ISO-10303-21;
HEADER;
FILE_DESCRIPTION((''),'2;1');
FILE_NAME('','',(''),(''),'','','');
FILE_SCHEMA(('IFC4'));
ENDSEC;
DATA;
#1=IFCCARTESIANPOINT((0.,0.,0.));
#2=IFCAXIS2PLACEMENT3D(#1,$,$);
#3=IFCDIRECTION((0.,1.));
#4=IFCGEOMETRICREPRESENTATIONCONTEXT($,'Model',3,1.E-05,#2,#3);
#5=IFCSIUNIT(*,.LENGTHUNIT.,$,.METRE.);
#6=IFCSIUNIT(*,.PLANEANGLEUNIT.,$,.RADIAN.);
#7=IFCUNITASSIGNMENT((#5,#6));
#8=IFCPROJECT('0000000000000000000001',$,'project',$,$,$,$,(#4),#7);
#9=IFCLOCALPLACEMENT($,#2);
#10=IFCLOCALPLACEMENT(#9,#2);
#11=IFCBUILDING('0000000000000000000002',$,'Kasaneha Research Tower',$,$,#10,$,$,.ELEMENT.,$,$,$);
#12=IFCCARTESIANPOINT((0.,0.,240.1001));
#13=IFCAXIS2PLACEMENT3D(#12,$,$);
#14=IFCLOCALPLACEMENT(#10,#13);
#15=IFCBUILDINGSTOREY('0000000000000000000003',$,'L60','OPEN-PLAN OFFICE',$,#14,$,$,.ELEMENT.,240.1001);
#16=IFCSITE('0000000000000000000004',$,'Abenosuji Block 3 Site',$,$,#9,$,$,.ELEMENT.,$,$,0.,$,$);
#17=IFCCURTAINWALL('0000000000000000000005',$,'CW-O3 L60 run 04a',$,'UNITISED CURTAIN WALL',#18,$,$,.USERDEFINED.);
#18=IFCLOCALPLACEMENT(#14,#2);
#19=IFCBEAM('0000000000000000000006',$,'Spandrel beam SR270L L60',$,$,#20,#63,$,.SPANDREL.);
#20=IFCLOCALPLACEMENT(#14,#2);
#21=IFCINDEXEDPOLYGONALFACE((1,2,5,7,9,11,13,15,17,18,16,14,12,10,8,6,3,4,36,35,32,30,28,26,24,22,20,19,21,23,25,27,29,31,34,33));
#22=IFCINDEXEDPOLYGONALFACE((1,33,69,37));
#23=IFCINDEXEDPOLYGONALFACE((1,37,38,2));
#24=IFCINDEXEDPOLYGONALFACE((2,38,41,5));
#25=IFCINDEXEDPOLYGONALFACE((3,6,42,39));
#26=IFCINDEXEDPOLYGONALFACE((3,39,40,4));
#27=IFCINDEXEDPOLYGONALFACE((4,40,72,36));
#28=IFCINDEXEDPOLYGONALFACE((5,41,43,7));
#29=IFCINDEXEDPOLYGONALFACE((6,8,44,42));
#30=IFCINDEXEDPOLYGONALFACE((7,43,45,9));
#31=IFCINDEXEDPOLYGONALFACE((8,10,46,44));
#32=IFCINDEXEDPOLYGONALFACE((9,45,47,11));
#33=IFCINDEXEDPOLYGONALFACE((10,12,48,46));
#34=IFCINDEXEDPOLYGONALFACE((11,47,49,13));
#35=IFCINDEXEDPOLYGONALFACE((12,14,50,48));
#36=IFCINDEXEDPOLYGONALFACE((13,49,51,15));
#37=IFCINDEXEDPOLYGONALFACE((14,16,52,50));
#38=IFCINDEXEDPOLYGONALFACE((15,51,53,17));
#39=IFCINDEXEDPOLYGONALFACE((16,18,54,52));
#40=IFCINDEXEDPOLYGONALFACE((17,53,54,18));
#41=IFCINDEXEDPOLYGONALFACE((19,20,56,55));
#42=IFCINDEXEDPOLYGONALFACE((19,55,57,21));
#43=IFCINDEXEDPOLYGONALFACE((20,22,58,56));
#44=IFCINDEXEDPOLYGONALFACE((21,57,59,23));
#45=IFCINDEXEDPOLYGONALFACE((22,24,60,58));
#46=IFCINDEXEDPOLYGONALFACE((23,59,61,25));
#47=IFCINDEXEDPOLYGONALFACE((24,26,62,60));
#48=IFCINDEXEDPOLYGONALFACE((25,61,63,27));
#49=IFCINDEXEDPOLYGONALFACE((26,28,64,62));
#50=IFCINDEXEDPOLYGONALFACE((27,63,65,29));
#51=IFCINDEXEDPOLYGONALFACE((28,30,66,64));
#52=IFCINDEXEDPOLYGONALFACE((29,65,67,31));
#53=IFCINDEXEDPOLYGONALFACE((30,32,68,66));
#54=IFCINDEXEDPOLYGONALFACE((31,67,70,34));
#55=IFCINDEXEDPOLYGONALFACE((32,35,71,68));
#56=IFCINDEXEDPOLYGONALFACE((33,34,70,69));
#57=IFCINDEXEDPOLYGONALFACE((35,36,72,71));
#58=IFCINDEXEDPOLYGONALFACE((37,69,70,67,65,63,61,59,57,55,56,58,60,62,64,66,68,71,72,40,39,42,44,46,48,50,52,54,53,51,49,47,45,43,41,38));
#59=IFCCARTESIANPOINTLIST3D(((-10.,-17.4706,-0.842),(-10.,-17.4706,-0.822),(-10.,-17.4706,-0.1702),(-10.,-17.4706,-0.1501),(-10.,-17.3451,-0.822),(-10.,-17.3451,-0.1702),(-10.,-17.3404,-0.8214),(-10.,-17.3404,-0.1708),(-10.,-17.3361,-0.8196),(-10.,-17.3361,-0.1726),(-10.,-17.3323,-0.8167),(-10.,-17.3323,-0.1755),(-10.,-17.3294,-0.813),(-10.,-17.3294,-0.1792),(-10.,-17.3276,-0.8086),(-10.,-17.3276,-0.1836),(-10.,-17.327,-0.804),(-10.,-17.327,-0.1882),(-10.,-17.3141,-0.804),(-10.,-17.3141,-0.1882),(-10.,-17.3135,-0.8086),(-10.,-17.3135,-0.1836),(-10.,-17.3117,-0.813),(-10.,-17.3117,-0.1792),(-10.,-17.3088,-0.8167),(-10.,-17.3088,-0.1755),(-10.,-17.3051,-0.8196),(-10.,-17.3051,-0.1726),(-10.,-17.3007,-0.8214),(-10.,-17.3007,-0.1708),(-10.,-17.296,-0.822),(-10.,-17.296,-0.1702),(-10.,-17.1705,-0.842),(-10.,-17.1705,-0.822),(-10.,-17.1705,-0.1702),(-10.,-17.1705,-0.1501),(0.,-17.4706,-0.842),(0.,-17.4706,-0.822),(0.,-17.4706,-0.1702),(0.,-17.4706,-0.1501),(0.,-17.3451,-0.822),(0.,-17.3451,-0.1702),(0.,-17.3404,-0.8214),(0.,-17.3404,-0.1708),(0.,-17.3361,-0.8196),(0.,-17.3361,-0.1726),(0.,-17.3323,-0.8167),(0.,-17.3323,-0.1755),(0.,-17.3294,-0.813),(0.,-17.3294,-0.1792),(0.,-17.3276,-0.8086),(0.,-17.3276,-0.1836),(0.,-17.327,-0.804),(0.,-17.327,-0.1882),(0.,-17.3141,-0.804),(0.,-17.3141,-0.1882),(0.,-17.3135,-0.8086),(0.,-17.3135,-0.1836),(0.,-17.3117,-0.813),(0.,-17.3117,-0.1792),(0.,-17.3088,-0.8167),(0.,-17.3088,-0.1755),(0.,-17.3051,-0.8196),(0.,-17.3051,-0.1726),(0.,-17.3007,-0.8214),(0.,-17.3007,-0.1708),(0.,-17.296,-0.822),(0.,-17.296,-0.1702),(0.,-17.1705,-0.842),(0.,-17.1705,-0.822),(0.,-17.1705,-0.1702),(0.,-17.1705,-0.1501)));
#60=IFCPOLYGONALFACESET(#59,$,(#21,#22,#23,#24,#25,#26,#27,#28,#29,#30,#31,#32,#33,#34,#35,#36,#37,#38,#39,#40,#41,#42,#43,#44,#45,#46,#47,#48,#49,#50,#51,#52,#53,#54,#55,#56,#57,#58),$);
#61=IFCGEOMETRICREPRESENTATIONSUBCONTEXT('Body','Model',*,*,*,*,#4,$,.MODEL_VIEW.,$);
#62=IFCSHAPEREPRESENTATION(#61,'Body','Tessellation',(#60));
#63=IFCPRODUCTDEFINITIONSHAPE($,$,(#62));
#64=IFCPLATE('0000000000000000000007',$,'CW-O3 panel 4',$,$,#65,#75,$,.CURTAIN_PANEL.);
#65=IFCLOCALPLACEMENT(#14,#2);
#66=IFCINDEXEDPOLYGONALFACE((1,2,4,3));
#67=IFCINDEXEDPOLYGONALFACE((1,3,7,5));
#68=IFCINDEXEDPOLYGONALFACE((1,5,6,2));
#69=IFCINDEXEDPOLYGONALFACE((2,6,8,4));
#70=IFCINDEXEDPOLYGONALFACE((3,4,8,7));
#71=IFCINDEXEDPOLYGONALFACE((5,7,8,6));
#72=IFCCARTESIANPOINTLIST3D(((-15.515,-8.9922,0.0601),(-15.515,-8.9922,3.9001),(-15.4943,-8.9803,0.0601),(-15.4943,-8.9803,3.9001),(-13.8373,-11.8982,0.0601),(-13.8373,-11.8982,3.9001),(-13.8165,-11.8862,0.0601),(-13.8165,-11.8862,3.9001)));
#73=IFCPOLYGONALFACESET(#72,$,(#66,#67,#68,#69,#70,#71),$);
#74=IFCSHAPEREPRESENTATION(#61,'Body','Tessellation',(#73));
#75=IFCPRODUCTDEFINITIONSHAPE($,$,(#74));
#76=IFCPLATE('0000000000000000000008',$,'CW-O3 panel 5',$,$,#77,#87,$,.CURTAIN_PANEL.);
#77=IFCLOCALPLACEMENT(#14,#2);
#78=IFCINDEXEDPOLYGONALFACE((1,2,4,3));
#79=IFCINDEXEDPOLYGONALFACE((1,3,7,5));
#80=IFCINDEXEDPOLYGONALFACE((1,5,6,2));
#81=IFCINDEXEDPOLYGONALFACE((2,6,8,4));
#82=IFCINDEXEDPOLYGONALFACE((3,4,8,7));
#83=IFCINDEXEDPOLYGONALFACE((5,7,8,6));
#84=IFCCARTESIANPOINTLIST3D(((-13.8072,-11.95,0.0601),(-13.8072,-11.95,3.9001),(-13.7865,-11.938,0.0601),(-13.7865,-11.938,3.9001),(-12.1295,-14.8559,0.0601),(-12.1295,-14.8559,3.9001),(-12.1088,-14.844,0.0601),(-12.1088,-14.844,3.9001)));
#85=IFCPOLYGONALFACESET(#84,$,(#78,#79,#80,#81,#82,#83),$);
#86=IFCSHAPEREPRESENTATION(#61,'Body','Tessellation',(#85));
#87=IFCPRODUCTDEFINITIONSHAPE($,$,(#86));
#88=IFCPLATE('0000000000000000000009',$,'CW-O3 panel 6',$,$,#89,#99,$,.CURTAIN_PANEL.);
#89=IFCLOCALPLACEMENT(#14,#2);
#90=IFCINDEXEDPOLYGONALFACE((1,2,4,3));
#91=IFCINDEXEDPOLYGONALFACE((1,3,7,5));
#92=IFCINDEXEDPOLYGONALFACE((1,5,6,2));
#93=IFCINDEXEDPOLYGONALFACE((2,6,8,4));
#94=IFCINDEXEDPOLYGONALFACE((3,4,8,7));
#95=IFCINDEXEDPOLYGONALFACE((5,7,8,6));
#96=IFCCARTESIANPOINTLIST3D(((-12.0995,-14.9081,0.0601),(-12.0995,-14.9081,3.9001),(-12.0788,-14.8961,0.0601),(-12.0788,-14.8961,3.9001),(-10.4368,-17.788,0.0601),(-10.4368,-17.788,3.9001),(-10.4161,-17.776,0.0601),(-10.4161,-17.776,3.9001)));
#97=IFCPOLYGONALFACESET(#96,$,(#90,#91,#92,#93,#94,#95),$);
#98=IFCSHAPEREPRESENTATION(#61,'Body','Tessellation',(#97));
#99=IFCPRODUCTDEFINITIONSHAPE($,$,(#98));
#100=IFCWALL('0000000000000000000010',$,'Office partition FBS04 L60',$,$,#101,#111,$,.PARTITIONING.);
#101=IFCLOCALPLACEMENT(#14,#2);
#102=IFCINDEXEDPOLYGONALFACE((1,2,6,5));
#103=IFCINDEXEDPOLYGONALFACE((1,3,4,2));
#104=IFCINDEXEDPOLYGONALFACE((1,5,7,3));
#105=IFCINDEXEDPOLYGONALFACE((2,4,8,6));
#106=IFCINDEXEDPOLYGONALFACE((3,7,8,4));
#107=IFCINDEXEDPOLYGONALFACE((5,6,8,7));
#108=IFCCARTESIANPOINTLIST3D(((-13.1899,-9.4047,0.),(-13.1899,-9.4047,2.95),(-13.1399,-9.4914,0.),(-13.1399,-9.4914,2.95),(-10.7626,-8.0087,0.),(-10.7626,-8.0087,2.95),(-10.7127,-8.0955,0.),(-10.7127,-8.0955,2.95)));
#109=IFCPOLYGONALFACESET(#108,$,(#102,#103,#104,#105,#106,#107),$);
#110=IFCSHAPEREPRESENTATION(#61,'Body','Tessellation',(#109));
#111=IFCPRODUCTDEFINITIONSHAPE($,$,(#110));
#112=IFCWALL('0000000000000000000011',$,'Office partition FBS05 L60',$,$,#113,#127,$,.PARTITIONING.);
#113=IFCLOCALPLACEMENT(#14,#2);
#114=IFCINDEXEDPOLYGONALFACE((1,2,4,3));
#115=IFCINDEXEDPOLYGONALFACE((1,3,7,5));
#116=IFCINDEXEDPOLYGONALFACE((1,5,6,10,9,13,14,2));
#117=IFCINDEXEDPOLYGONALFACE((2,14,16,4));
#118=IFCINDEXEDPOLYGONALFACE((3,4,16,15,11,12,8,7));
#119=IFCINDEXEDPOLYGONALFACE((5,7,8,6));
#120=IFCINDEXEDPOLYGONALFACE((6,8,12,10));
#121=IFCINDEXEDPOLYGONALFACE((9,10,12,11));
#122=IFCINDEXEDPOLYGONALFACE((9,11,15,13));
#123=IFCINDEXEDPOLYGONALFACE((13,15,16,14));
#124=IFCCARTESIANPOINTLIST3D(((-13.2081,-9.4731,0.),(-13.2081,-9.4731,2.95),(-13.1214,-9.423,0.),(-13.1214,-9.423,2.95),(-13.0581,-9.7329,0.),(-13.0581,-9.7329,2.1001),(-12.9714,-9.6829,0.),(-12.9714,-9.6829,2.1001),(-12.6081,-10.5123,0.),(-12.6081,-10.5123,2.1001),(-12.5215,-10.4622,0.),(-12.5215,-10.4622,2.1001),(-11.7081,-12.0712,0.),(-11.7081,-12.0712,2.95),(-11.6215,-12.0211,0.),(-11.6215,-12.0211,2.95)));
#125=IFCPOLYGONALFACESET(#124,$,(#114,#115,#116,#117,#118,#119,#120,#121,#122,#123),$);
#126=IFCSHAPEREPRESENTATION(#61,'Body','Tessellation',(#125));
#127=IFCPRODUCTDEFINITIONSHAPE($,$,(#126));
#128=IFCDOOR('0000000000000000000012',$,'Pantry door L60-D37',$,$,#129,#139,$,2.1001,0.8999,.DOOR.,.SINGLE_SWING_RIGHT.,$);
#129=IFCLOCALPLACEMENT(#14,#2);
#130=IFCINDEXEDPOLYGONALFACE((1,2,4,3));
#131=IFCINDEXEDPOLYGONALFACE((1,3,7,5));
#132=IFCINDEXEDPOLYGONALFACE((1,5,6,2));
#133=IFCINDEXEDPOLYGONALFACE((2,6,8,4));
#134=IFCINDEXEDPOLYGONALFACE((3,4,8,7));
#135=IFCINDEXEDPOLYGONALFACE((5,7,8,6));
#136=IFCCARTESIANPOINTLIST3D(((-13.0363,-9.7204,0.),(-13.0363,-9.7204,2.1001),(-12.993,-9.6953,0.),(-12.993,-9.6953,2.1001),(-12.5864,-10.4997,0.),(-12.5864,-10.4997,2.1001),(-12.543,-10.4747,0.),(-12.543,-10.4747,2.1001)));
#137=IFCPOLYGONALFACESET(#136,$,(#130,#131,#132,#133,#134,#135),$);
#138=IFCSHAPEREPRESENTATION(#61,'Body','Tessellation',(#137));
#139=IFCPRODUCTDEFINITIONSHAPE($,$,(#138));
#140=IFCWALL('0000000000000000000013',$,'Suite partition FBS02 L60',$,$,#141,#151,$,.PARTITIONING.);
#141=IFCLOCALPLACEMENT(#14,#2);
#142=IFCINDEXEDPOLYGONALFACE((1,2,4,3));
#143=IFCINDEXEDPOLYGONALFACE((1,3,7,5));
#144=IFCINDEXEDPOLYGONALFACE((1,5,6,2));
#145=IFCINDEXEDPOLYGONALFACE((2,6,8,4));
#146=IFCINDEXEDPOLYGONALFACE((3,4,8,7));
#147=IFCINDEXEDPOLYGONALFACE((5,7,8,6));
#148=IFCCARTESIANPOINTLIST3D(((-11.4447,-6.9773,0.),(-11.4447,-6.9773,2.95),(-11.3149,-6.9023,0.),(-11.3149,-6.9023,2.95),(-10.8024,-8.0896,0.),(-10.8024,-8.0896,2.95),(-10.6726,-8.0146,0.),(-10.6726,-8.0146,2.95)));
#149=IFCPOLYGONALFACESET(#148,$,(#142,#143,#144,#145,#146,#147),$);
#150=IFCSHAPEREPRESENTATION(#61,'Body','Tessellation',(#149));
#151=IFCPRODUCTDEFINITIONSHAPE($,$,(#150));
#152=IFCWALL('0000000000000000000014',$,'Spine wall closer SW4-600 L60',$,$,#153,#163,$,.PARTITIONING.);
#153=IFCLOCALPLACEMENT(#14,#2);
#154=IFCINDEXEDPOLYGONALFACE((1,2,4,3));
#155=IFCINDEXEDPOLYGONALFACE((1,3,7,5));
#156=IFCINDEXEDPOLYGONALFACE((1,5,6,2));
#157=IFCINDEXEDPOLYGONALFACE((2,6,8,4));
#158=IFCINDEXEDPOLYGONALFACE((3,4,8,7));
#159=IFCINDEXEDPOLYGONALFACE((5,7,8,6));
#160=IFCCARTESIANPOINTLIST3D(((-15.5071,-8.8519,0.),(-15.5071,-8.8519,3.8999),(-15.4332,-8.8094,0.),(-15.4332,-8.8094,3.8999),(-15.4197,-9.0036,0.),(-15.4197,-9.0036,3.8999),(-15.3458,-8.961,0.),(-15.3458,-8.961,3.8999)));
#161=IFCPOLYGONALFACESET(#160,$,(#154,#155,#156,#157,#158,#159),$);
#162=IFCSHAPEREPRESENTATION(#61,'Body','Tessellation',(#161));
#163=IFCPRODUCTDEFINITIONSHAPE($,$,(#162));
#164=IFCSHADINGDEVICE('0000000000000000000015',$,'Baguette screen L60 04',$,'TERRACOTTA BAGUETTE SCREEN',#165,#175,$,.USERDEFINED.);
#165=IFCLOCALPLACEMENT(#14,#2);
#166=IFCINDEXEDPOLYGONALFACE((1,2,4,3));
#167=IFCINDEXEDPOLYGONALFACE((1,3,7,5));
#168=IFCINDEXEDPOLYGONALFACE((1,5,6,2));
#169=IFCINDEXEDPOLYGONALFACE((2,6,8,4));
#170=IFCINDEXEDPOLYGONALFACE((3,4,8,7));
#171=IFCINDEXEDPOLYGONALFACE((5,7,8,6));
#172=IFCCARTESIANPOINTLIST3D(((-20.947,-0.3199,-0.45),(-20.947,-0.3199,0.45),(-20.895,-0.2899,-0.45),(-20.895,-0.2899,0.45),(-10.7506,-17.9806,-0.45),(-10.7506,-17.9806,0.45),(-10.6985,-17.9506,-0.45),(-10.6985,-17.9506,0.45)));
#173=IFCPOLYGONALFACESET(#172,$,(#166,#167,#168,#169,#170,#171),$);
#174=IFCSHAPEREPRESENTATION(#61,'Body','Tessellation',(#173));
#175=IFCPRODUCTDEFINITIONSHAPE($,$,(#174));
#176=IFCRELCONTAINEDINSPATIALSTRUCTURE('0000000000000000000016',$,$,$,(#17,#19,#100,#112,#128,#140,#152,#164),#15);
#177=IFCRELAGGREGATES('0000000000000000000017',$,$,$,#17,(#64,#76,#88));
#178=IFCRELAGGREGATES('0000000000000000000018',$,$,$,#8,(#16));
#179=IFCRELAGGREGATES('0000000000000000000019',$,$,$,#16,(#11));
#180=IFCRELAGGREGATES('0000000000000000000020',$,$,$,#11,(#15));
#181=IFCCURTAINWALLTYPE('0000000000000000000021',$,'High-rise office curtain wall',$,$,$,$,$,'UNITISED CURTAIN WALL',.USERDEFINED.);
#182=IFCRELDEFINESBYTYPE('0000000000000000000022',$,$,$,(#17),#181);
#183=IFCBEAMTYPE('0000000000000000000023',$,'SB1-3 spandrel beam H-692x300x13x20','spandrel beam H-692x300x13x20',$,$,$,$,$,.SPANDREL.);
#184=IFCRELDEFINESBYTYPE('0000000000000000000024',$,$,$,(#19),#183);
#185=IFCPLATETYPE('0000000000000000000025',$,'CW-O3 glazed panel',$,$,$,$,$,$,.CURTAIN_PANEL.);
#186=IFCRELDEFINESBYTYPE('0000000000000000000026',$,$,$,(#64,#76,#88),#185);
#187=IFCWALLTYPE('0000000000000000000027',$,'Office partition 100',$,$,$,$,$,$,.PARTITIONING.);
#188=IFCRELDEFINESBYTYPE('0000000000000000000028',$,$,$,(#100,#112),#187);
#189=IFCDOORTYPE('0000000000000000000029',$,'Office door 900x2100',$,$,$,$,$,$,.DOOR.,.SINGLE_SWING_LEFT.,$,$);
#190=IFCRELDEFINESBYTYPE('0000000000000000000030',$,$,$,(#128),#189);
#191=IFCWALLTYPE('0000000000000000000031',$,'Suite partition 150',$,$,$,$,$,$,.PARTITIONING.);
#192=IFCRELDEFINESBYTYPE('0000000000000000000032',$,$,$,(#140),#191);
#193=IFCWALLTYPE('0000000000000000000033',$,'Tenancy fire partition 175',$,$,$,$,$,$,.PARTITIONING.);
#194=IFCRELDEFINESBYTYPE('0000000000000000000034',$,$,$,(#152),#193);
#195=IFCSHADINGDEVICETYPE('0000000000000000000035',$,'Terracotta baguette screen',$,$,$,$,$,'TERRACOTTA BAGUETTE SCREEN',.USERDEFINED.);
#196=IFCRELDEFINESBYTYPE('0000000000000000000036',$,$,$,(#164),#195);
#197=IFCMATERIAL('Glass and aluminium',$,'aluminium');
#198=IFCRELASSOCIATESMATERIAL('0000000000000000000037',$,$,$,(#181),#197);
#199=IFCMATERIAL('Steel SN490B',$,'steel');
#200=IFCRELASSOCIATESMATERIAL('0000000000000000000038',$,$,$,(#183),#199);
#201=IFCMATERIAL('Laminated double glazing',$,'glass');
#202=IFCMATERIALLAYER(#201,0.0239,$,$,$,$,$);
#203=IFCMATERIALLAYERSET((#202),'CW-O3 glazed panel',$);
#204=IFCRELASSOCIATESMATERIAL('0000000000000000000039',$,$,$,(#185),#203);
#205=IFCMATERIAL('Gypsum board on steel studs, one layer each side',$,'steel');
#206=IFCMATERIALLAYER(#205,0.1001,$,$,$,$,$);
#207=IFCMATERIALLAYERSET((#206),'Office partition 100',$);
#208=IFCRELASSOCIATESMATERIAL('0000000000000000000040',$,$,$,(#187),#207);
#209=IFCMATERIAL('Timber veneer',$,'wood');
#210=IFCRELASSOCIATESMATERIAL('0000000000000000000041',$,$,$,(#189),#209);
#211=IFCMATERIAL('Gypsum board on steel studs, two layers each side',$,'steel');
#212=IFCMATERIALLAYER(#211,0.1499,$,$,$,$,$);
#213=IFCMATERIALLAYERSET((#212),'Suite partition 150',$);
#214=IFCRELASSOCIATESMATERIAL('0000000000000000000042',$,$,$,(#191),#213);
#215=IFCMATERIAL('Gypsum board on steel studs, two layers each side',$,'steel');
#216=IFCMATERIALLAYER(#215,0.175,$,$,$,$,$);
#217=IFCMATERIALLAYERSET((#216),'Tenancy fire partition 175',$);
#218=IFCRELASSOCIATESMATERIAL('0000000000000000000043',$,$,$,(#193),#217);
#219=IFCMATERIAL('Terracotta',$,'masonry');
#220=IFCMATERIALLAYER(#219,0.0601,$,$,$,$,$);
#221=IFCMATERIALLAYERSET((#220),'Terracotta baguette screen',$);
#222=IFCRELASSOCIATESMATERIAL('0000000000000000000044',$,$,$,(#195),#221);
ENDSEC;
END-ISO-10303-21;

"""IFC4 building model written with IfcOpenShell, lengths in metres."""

from ifc_helpers import new_model, si_unit, direction, frame, frame_2d, origin, origin_2d, place, context, subcontext, project, spatial, rectangle, i_section, extrude, material, layer, layer_set, material_profile, profile_set, type_object, element, fill, aggregate, save


model = new_model("IFC4")

# Units and contexts
model_context = context("Model", 3, precision=1e-05, world=origin(), true_north=direction((0.0, 1.0)))
body_context = subcontext(model_context, "Body", "Model", "MODEL_VIEW")
ifc_project = project(units=[si_unit("LENGTHUNIT", "METRE"), si_unit("PLANEANGLEUNIT", "RADIAN")], contexts=[model_context])

# Site, building, storey
site_placement = place(None, origin())
site = spatial("IfcSite", under=ifc_project, at=site_placement, Name="Abenosuji Block 3 Site", CompositionType="ELEMENT", RefElevation=0.0)
building_placement = place(site_placement, origin())
building = spatial("IfcBuilding", under=site, at=building_placement, Name="Kasaneha Research Tower", CompositionType="ELEMENT")
storey_placement = place(building_placement, frame((0.0, 0.0, 240.1001)))
storey = spatial("IfcBuildingStorey", under=building, at=storey_placement, Name="L60", Description="OPEN-PLAN OFFICE", CompositionType="ELEMENT", Elevation=240.1001)

# Curtain wall
ifc_material_1 = material(Name="Glass and aluminium", Category="aluminium")
curtain_wall_type = type_object("IfcCurtainWallType", Name="High-rise office curtain wall", ElementType="UNITISED CURTAIN WALL", PredefinedType="USERDEFINED", material=ifc_material_1)
curtain_wall_1_placement = place(storey_placement, origin())
curtain_wall_1 = element("IfcCurtainWall", 1, at=curtain_wall_1_placement, inside=storey, type_object=curtain_wall_type, Name="CW-O3 L60 run 04a", ObjectType="UNITISED CURTAIN WALL", PredefinedType="USERDEFINED")

# Beam
ifc_material_2 = material(Name="Steel SN490B", Category="steel")
ifc_material_profile_1 = material_profile(ifc_material_2, i_section(OverallWidth=0.3, OverallDepth=0.6919, WebThickness=0.0129, FlangeThickness=0.02, FilletRadius=0.0181, at=origin_2d()), Name="H-692x300x13x20")
ifc_profile_set_1 = profile_set([ifc_material_profile_1], Name="Steel SN490B")
beam_type_1 = type_object("IfcBeamType", Name="SB1-3 spandrel beam H-692x300x13x20", Description="spandrel beam H-692x300x13x20", PredefinedType="SPANDREL", material=ifc_profile_set_1)
beam_1_placement = place(storey_placement, frame((-10.0, -17.3206, -0.4961), z_axis=(1.0, 0.0, 0.0), x_axis=(0.0, 1.0, 0.0)))
element("IfcBeam", 2, at=beam_1_placement, inside=storey, type_object=beam_type_1, Name="Spandrel beam SR270L L60", PredefinedType="SPANDREL", context=body_context, shape_type="SweptSolid", body=[
    extrude(i_section(OverallWidth=0.3, OverallDepth=0.6919, WebThickness=0.0129, FlangeThickness=0.02, FilletRadius=0.0181, at=origin_2d()), origin(), (0.0, 0.0, 1.0), 10.0),
])

# Plates
ifc_material_3 = material(Name="Laminated double glazing", Category="glass")
ifc_layer_1 = layer(ifc_material_3, 0.0239)
ifc_layer_set_1 = layer_set([ifc_layer_1], Name="CW-O3 glazed panel")
plate_type = type_object("IfcPlateType", Name="CW-O3 glazed panel", PredefinedType="CURTAIN_PANEL", material=ifc_layer_set_1)
plate_1_placement = place(storey_placement, frame((-14.6658, -10.4392, 0.0601), z_axis=(0.0, 0.0, 1.0), x_axis=(0.5, -0.866025, 0.0)))
plate_1 = element("IfcPlate", 3, at=plate_1_placement, type_object=plate_type, Name="CW-O3 panel 4", PredefinedType="CURTAIN_PANEL", context=body_context, shape_type="SweptSolid", body=[
    extrude(rectangle(XDim=3.3555, YDim=0.0239, at=origin_2d()), origin(), (0.0, 0.0, 1.0), 3.8401),
])
plate_2_placement = place(storey_placement, frame((-12.958, -13.397, 0.0601), z_axis=(0.0, 0.0, 1.0), x_axis=(0.5, -0.866025, 0.0)))
plate_2 = element("IfcPlate", 4, at=plate_2_placement, type_object=plate_type, Name="CW-O3 panel 5", PredefinedType="CURTAIN_PANEL", context=body_context, shape_type="SweptSolid", body=[
    extrude(rectangle(XDim=3.3555, YDim=0.0239, at=origin_2d()), origin(), (0.0, 0.0, 1.0), 3.8401),
])
plate_3_placement = place(storey_placement, frame((-11.2578, -16.342, 0.0601), z_axis=(0.0, 0.0, 1.0), x_axis=(0.5, -0.866025, 0.0)))
plate_3 = element("IfcPlate", 5, at=plate_3_placement, type_object=plate_type, Name="CW-O3 panel 6", PredefinedType="CURTAIN_PANEL", context=body_context, shape_type="SweptSolid", body=[
    extrude(rectangle(XDim=3.3254, YDim=0.0239, at=origin_2d()), origin(), (0.0, 0.0, 1.0), 3.8401),
])
aggregate(curtain_wall_1, [plate_1, plate_2, plate_3])

# Wall
ifc_material_4 = material(Name="Gypsum board on steel studs, one layer each side", Category="steel")
ifc_layer_2 = layer(ifc_material_4, 0.1001)
ifc_layer_set_2 = layer_set([ifc_layer_2], Name="Office partition 100")
wall_type_1 = type_object("IfcWallType", Name="Office partition 100", PredefinedType="PARTITIONING", material=ifc_layer_set_2)
wall_1_placement = place(storey_placement, frame((-13.1648, -9.448, 0.0), z_axis=(0.0, 0.0, 1.0), x_axis=(0.866855, 0.49856, 0.0)))
element("IfcWall", 6, at=wall_1_placement, inside=storey, type_object=wall_type_1, Name="Office partition FBS04 L60", PredefinedType="PARTITIONING", context=body_context, shape_type="SweptSolid", body=[
    extrude(rectangle(XDim=2.8, YDim=0.1001, at=frame_2d((1.3999, 0.0))), origin(), (0.0, 0.0, 1.0), 2.95),
])

# Wall, opening, door
wall_2_placement = place(storey_placement, frame((-11.6648, -12.0461, 0.0), z_axis=(0.0, 0.0, 1.0), x_axis=(-0.49999, 0.866031, 0.0)))
wall_2 = element("IfcWall", 7, at=wall_2_placement, inside=storey, type_object=wall_type_1, Name="Office partition FBS05 L60", PredefinedType="PARTITIONING", context=body_context, shape_type="SweptSolid", body=[
    extrude(rectangle(XDim=3.0, YDim=0.1001, at=frame_2d((1.5, 0.0))), origin(), (0.0, 0.0, 1.0), 2.95),
])
opening_placement = place(wall_2_placement, frame((1.8, 0.0, 0.0)))
opening = element("IfcOpeningElement", 8, at=opening_placement, cuts=wall_2, PredefinedType="OPENING", context=body_context, shape_type="SweptSolid", body=[
    extrude(rectangle(XDim=0.8999, YDim=2.1001, at=frame_2d((0.45, 1.05))), frame((0.0, 0.0601, 0.0), z_axis=(0.0, -1.0, 0.0), x_axis=(1.0, 0.0, 0.0)), (0.0, 0.0, 1.0), 0.1201),
])
ifc_material_5 = material(Name="Timber veneer", Category="wood")
door_type = type_object("IfcDoorType", Name="Office door 900x2100", OperationType="SINGLE_SWING_LEFT", PredefinedType="DOOR", material=ifc_material_5)
door_placement = place(opening_placement, origin())
door = element("IfcDoor", 9, at=door_placement, inside=storey, type_object=door_type, Name="Pantry door L60-D37", OperationType="SINGLE_SWING_RIGHT", OverallHeight=2.1001, OverallWidth=0.8999, PredefinedType="DOOR", context=body_context, shape_type="SweptSolid", body=[
    extrude(rectangle(XDim=0.8999, YDim=2.1001, at=frame_2d((0.45, 1.05))), frame((0.0, 0.0249, 0.0), z_axis=(0.0, -1.0, 0.0), x_axis=(1.0, 0.0, 0.0)), (0.0, 0.0, 1.0), 0.05),
])
fill(opening, door)

# Walls
ifc_material_6 = material(Name="Gypsum board on steel studs, two layers each side", Category="steel")
ifc_layer_3 = layer(ifc_material_6, 0.1499)
ifc_layer_set_3 = layer_set([ifc_layer_3], Name="Suite partition 150")
wall_type_2 = type_object("IfcWallType", Name="Suite partition 150", PredefinedType="PARTITIONING", material=ifc_layer_set_3)
wall_3_placement = place(storey_placement, frame((-10.7375, -8.052, 0.0), z_axis=(0.0, 0.0, 1.0), x_axis=(-0.500084, 0.865977, 0.0)))
element("IfcWall", 10, at=wall_3_placement, inside=storey, type_object=wall_type_2, Name="Suite partition FBS02 L60", PredefinedType="PARTITIONING", context=body_context, shape_type="SweptSolid", body=[
    extrude(rectangle(XDim=1.2844, YDim=0.1499, at=frame_2d((0.6421, 0.0))), origin(), (0.0, 0.0, 1.0), 2.95),
])
ifc_material_7 = material(Name="Gypsum board on steel studs, two layers each side", Category="steel")
ifc_layer_4 = layer(ifc_material_7, 0.175)
ifc_layer_set_4 = layer_set([ifc_layer_4], Name="Tenancy fire partition 175")
wall_type_3 = type_object("IfcWallType", Name="Tenancy fire partition 175", PredefinedType="PARTITIONING", material=ifc_layer_set_4)
wall_4_placement = place(storey_placement, frame((-15.3896, -8.8853, 0.0), z_axis=(0.0, 0.0, 1.0), x_axis=(-0.866472, -0.499226, 0.0)))
element("IfcWall", 11, at=wall_4_placement, inside=storey, type_object=wall_type_3, Name="Spine wall closer SW4-600 L60", PredefinedType="PARTITIONING", context=body_context, shape_type="SweptSolid", body=[
    extrude(rectangle(XDim=0.0852, YDim=0.175, at=frame_2d((0.0425, 0.0))), origin(), (0.0, 0.0, 1.0), 3.8999),
])

# Shading device
ifc_material_8 = material(Name="Terracotta", Category="masonry")
ifc_layer_5 = layer(ifc_material_8, 0.0601)
ifc_layer_set_5 = layer_set([ifc_layer_5], Name="Terracotta baguette screen")
shading_device_type = type_object("IfcShadingDeviceType", Name="Terracotta baguette screen", ElementType="TERRACOTTA BAGUETTE SCREEN", PredefinedType="USERDEFINED", material=ifc_layer_set_5)
shading_device_placement = place(storey_placement, frame((-15.8228, -9.1353, -0.45), z_axis=(0.0, 0.0, 1.0), x_axis=(0.5, -0.866025, 0.0)))
element("IfcShadingDevice", 12, at=shading_device_placement, inside=storey, type_object=shading_device_type, Name="Baguette screen L60 04", ObjectType="TERRACOTTA BAGUETTE SCREEN", PredefinedType="USERDEFINED", context=body_context, shape_type="SweptSolid", body=[
    extrude(rectangle(XDim=20.3928, YDim=0.0601, at=origin_2d()), origin(), (0.0, 0.0, 1.0), 0.8999),
])

save(model, "model.ifc")
